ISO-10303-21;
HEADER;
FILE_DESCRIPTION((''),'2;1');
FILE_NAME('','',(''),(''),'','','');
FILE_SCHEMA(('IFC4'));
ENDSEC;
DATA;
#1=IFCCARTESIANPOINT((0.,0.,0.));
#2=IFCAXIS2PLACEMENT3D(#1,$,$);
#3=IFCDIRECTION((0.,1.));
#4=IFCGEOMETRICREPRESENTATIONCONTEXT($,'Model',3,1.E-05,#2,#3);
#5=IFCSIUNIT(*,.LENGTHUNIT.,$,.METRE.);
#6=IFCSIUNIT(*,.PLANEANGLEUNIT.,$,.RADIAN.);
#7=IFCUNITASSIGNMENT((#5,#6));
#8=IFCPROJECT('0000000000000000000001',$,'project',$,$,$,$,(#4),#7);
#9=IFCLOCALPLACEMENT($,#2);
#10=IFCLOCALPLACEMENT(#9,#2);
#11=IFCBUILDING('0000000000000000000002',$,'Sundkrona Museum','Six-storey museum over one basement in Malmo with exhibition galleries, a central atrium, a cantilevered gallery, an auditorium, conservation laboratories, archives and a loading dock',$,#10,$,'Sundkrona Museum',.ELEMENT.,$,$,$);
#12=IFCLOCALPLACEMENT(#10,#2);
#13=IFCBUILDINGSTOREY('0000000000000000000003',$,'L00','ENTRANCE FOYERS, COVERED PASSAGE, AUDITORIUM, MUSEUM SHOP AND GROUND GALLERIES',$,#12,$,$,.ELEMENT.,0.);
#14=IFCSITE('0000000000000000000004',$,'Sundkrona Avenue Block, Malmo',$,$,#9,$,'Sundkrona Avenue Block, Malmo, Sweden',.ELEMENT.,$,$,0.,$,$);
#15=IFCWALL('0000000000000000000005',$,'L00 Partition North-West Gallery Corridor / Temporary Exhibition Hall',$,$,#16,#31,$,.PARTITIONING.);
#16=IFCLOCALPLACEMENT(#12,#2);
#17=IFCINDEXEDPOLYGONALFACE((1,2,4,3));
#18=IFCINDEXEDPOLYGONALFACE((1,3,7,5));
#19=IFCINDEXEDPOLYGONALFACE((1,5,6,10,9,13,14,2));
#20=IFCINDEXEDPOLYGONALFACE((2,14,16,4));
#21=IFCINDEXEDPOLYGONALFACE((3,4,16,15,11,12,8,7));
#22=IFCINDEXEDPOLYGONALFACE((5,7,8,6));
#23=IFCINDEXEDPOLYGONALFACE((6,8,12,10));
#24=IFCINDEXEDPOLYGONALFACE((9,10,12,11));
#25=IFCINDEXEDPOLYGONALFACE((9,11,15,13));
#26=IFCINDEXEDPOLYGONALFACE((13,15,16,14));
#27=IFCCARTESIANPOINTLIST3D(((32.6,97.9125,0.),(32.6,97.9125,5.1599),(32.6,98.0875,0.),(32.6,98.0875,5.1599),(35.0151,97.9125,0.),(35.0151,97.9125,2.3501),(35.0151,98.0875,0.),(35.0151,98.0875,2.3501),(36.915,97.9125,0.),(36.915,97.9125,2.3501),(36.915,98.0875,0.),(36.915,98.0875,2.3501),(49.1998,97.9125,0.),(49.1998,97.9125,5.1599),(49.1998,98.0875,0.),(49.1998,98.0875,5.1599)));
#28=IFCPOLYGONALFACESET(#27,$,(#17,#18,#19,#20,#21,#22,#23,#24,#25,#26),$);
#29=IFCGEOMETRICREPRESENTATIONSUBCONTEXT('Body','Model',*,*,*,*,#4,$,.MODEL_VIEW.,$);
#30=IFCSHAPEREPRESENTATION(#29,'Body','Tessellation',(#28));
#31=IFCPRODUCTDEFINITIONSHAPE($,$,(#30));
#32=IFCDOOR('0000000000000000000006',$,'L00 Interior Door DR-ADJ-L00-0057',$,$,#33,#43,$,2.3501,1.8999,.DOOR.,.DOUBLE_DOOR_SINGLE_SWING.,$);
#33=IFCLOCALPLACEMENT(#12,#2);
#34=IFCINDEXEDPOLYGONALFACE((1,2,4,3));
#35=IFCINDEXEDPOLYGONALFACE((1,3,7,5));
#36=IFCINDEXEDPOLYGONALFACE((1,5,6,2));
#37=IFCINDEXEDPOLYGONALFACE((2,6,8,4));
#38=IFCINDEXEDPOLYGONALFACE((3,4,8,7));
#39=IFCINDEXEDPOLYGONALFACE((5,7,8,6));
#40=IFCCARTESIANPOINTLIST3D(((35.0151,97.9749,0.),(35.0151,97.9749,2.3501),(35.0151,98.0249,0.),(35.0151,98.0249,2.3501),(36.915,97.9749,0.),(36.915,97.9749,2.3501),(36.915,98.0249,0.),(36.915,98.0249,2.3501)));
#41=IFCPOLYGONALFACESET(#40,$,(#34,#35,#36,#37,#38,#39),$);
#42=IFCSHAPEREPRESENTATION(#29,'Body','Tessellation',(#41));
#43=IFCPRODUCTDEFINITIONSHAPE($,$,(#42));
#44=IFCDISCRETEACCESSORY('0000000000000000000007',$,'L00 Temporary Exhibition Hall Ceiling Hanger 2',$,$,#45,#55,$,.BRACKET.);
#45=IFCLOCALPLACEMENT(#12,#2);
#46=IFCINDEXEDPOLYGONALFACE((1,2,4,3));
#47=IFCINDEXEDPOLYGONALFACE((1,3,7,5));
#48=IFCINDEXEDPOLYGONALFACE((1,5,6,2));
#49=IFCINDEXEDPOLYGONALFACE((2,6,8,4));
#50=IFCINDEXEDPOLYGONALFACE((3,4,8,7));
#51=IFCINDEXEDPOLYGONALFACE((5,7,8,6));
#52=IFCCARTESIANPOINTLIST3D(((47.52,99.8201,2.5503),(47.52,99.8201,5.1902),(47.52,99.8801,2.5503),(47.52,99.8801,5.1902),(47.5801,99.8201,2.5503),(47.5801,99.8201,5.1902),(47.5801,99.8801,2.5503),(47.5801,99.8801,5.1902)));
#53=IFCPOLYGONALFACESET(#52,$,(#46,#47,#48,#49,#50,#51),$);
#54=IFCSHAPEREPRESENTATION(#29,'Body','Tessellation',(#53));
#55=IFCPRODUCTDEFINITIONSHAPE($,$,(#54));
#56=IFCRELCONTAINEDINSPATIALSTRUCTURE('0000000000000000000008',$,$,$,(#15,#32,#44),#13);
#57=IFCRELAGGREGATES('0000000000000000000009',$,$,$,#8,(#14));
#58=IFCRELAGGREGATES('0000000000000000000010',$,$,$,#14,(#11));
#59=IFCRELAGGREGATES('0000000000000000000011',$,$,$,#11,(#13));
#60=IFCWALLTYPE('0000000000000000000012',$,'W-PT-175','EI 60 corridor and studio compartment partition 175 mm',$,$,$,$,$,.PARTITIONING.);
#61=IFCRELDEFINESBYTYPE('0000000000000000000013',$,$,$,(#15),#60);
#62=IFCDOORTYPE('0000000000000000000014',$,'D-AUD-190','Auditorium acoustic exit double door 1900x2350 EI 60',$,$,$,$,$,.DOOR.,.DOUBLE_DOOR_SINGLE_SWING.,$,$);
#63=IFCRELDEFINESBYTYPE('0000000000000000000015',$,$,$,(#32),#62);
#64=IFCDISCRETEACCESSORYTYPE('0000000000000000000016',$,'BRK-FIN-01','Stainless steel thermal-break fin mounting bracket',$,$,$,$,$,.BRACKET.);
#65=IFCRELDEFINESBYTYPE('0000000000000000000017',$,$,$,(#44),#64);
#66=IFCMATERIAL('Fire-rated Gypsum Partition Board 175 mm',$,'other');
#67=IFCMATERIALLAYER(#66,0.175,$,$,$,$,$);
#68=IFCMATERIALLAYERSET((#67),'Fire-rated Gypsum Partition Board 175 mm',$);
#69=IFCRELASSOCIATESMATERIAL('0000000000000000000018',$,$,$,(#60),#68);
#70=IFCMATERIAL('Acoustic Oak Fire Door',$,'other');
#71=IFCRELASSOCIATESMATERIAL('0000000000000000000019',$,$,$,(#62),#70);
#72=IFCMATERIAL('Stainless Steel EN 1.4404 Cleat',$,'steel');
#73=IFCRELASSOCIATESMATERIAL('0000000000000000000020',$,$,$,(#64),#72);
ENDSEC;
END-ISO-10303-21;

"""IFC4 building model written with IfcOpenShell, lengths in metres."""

from ifc_helpers import new_model, si_unit, direction, frame, frame_2d, origin, origin_2d, place, context, subcontext, project, spatial, rectangle, extrude, material, layer, layer_set, type_object, element, fill, save


model = new_model("IFC4")

# Units and contexts
model_context = context("Model", 3, precision=1e-05, world=origin(), true_north=direction((0.0, 1.0)))
body_context = subcontext(model_context, "Body", "Model", "MODEL_VIEW")
ifc_project = project(units=[si_unit("LENGTHUNIT", "METRE"), si_unit("PLANEANGLEUNIT", "RADIAN")], contexts=[model_context])

# Site, building, storey
site_placement = place(None, origin())
site = spatial("IfcSite", under=ifc_project, at=site_placement, Name="Sundkrona Avenue Block, Malmo", LongName="Sundkrona Avenue Block, Malmo, Sweden", CompositionType="ELEMENT", RefElevation=0.0)
building_placement = place(site_placement, origin())
building = spatial("IfcBuilding", under=site, at=building_placement, Name="Sundkrona Museum", Description="Six-storey museum over one basement in Malmo with exhibition galleries, a central atrium, a cantilevered gallery, an auditorium, conservation laboratories, archives and a loading dock", LongName="Sundkrona Museum", CompositionType="ELEMENT")
storey_placement = place(building_placement, origin())
storey = spatial("IfcBuildingStorey", under=building, at=storey_placement, Name="L00", Description="ENTRANCE FOYERS, COVERED PASSAGE, AUDITORIUM, MUSEUM SHOP AND GROUND GALLERIES", CompositionType="ELEMENT", Elevation=0.0)

# Wall, opening, door
ifc_material_1 = material(Name="Fire-rated Gypsum Partition Board 175 mm", Category="other")
ifc_layer = layer(ifc_material_1, 0.175)
ifc_layer_set = layer_set([ifc_layer], Name="Fire-rated Gypsum Partition Board 175 mm")
wall_type = type_object("IfcWallType", Name="W-PT-175", Description="EI 60 corridor and studio compartment partition 175 mm", PredefinedType="PARTITIONING", material=ifc_layer_set)
wall_1_placement = place(storey_placement, frame((32.6001, 98.0, 0.0), z_axis=(0.0, 0.0, 1.0), x_axis=(1.0, 0.0, 0.0)))
wall_1 = element("IfcWall", 1, at=wall_1_placement, inside=storey, type_object=wall_type, Name="L00 Partition North-West Gallery Corridor / Temporary Exhibition Hall", PredefinedType="PARTITIONING", context=body_context, shape_type="SweptSolid", body=[
    extrude(rectangle(XDim=16.5999, YDim=0.175, at=frame_2d((8.2998, 0.0))), origin(), (0.0, 0.0, 1.0), 5.1599),
])
opening_1_placement = place(wall_1_placement, frame((2.415, 0.0, 0.0)))
opening_1 = element("IfcOpeningElement", 2, at=opening_1_placement, cuts=wall_1, PredefinedType="OPENING", context=body_context, shape_type="SweptSolid", body=[
    extrude(rectangle(XDim=1.8999, YDim=2.3501, at=frame_2d((0.95, 1.175))), frame((0.0, 0.0974, 0.0), z_axis=(0.0, -1.0, 0.0), x_axis=(1.0, 0.0, 0.0)), (0.0, 0.0, 1.0), 0.1951),
])
ifc_material_2 = material(Name="Acoustic Oak Fire Door", Category="other")
door_type_1 = type_object("IfcDoorType", Name="D-AUD-190", Description="Auditorium acoustic exit double door 1900x2350 EI 60", OperationType="DOUBLE_DOOR_SINGLE_SWING", PredefinedType="DOOR", material=ifc_material_2)
door_1_placement = place(opening_1_placement, origin())
door_1 = element("IfcDoor", 3, at=door_1_placement, inside=storey, type_object=door_type_1, Name="L00 Interior Door DR-ADJ-L00-0057", OperationType="DOUBLE_DOOR_SINGLE_SWING", OverallHeight=2.3501, OverallWidth=1.8999, PredefinedType="DOOR", context=body_context, shape_type="SweptSolid", body=[
    extrude(rectangle(XDim=1.8999, YDim=2.3501, at=frame_2d((0.95, 1.175))), frame((0.0, 0.0249, 0.0), z_axis=(0.0, -1.0, 0.0), x_axis=(1.0, 0.0, 0.0)), (0.0, 0.0, 1.0), 0.05),
])
fill(opening_1, door_1)

# Discrete accessory
ifc_material_3 = material(Name="Stainless Steel EN 1.4404 Cleat", Category="steel")
discrete_accessory_type = type_object("IfcDiscreteAccessoryType", Name="BRK-FIN-01", Description="Stainless steel thermal-break fin mounting bracket", PredefinedType="BRACKET", material=ifc_material_3)
discrete_accessory_placement = place(storey_placement, frame((47.55, 99.8501, 2.5503), z_axis=(0.0, 0.0, 1.0), x_axis=(1.0, 0.0, 0.0)))
element("IfcDiscreteAccessory", 4, at=discrete_accessory_placement, inside=storey, type_object=discrete_accessory_type, Name="L00 Temporary Exhibition Hall Ceiling Hanger 2", PredefinedType="BRACKET", context=body_context, shape_type="SweptSolid", body=[
    extrude(rectangle(XDim=0.0601, YDim=0.0601, at=origin_2d()), origin(), (0.0, 0.0, 1.0), 2.6399),
])

save(model, "model.ifc")
